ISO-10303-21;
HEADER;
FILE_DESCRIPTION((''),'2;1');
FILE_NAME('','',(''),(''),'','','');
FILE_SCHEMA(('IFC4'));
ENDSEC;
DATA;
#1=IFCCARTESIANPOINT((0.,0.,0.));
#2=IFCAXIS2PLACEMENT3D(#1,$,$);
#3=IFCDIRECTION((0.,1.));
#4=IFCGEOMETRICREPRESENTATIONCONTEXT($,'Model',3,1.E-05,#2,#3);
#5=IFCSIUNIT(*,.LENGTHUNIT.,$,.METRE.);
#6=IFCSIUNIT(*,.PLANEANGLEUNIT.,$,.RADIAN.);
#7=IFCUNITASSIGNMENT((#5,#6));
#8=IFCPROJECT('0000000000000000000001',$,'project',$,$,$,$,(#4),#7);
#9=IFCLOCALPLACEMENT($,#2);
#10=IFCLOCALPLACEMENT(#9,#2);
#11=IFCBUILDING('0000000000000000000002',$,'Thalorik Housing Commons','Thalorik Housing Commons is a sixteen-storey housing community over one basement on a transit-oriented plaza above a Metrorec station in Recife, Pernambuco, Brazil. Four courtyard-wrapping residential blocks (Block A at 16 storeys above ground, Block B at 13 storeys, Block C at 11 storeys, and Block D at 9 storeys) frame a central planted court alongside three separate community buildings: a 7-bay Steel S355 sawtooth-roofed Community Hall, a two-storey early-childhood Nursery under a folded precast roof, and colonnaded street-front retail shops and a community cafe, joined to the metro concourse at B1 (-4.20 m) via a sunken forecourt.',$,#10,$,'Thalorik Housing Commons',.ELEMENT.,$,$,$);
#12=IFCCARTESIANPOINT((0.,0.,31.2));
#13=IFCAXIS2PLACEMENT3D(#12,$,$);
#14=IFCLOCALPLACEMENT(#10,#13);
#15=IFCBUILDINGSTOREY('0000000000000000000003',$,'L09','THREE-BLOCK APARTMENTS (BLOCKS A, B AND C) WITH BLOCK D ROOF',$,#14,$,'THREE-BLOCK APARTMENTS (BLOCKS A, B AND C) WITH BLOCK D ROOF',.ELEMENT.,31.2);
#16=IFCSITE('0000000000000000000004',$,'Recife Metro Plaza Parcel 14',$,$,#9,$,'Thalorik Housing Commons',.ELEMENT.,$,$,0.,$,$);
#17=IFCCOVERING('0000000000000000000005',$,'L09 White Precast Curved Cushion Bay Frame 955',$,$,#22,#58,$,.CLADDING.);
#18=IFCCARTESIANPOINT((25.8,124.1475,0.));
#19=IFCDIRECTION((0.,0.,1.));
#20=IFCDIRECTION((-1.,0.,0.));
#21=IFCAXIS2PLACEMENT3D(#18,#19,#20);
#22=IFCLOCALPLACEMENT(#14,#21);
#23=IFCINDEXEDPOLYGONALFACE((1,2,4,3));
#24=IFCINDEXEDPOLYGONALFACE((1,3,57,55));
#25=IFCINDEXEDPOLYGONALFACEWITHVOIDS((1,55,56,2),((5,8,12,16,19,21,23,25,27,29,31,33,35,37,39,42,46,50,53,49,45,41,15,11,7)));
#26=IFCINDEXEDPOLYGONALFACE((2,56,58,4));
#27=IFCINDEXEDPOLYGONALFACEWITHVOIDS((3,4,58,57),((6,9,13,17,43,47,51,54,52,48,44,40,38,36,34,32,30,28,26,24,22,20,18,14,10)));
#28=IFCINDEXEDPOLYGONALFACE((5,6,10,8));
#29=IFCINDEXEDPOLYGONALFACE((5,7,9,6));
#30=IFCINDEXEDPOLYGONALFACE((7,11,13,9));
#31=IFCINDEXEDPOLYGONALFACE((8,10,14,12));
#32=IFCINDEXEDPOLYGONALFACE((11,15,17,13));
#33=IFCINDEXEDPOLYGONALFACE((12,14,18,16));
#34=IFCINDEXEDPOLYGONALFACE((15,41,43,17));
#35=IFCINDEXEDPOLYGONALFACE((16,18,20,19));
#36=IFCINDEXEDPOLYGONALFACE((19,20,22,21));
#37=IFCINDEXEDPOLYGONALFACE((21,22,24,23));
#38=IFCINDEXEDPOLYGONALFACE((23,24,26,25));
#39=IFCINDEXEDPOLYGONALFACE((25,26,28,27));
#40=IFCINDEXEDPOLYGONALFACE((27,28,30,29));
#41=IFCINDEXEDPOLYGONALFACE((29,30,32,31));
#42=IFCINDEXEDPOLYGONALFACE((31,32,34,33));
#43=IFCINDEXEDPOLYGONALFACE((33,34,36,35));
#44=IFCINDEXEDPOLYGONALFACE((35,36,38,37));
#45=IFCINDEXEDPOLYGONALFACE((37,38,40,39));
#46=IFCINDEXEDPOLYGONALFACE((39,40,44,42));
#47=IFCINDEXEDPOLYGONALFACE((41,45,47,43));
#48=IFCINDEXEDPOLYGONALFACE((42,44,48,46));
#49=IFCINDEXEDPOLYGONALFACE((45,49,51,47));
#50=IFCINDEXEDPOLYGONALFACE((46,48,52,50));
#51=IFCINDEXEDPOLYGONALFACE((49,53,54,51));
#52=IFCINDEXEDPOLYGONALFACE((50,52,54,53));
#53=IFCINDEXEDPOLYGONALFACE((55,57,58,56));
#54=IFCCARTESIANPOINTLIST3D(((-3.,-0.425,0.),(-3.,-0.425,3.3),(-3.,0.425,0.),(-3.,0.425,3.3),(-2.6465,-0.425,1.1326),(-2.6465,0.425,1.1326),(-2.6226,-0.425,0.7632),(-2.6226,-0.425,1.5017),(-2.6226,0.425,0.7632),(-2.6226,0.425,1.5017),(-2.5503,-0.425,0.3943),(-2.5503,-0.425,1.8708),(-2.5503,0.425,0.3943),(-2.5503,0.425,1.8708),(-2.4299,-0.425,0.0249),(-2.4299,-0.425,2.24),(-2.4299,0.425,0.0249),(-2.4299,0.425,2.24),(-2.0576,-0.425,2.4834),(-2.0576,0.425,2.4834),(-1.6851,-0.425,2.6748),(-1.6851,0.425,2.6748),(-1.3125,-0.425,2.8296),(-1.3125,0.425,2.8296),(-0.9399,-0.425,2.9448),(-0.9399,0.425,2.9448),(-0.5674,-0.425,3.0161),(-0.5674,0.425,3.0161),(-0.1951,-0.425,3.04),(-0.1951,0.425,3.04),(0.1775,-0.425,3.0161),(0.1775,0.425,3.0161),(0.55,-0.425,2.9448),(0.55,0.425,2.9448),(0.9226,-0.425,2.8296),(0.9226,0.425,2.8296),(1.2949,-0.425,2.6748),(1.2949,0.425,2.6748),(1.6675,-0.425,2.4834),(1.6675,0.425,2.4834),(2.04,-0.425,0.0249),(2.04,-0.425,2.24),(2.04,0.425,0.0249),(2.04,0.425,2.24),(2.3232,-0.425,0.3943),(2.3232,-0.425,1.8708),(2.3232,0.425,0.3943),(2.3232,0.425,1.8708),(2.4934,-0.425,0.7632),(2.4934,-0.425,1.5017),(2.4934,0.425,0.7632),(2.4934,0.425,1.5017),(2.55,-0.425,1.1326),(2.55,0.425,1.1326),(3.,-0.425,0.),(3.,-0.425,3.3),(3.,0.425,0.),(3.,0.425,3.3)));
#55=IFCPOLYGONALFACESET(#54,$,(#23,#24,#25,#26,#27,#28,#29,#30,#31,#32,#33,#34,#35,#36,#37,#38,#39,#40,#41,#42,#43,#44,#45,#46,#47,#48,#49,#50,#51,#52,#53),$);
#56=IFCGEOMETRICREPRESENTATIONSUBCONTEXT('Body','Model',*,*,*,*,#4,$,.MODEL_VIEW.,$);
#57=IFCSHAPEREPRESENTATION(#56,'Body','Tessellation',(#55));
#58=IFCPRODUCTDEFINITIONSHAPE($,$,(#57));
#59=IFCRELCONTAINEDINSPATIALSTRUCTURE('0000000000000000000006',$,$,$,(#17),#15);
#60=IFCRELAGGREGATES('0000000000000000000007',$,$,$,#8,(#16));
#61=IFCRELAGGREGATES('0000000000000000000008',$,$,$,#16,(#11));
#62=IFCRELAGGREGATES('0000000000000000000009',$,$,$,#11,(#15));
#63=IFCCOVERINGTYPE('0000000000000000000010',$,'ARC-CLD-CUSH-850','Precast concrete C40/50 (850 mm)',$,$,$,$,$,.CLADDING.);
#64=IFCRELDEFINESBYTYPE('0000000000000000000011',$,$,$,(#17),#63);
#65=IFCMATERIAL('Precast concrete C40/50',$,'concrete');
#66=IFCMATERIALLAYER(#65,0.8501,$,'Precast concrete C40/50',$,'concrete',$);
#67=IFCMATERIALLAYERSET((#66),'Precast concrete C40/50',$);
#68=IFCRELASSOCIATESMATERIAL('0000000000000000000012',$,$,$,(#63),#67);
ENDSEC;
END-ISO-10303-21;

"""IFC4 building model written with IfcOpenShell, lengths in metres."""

from ifc_helpers import new_model, si_unit, direction, frame, origin, place, context, subcontext, project, spatial, polyline, outline, extrude, material, layer, layer_set, type_object, element, save


model = new_model("IFC4")

# Units and contexts
model_context = context("Model", 3, precision=1e-05, world=origin(), true_north=direction((0.0, 1.0)))
body_context = subcontext(model_context, "Body", "Model", "MODEL_VIEW")
ifc_project = project(units=[si_unit("LENGTHUNIT", "METRE"), si_unit("PLANEANGLEUNIT", "RADIAN")], contexts=[model_context])

# Site, building, storey
site_placement = place(None, origin())
site = spatial("IfcSite", under=ifc_project, at=site_placement, Name="Recife Metro Plaza Parcel 14", LongName="Thalorik Housing Commons", CompositionType="ELEMENT", RefElevation=0.0)
building_placement = place(site_placement, origin())
building = spatial("IfcBuilding", under=site, at=building_placement, Name="Thalorik Housing Commons", Description="Thalorik Housing Commons is a sixteen-storey housing community over one basement on a transit-oriented plaza above a Metrorec station in Recife, Pernambuco, Brazil. Four courtyard-wrapping residential blocks (Block A at 16 storeys above ground, Block B at 13 storeys, Block C at 11 storeys, and Block D at 9 storeys) frame a central planted court alongside three separate community buildings: a 7-bay Steel S355 sawtooth-roofed Community Hall, a two-storey early-childhood Nursery under a folded precast roof, and colonnaded street-front retail shops and a community cafe, joined to the metro concourse at B1 (-4.20 m) via a sunken forecourt.", LongName="Thalorik Housing Commons", CompositionType="ELEMENT")
storey_placement = place(building_placement, frame((0.0, 0.0, 31.2)))
storey = spatial("IfcBuildingStorey", under=building, at=storey_placement, Name="L09", Description="THREE-BLOCK APARTMENTS (BLOCKS A, B AND C) WITH BLOCK D ROOF", LongName="THREE-BLOCK APARTMENTS (BLOCKS A, B AND C) WITH BLOCK D ROOF", CompositionType="ELEMENT", Elevation=31.2)

# Shared definitions
ifc_material_1 = material(Name="Precast concrete C40/50", Category="concrete")

# Covering
ifc_layer_1 = layer(ifc_material_1, 0.8501, Name="Precast concrete C40/50", Category="concrete")
ifc_layer_set_1 = layer_set([ifc_layer_1], Name="Precast concrete C40/50")
covering_type_1 = type_object("IfcCoveringType", Name="ARC-CLD-CUSH-850", Description="Precast concrete C40/50 (850 mm)", PredefinedType="CLADDING", material=ifc_layer_set_1)
covering_1_placement = place(storey_placement, frame((25.8, 124.1475, 0.0), z_axis=(0.0, 0.0, 1.0), x_axis=(-1.0, 0.0, 0.0)))
element("IfcCovering", 1, at=covering_1_placement, inside=storey, type_object=covering_type_1, Name="L09 White Precast Curved Cushion Bay Frame 955", PredefinedType="CLADDING", context=body_context, shape_type="SweptSolid", body=[
    extrude(outline(polyline([(-3.0, 0.0), (3.0, 0.0), (3.0, 3.3), (-3.0, 3.3), (-3.0, 0.0)]), holes=[polyline([(2.04, 0.0249), (2.3232, 0.3943), (2.4934, 0.7632), (2.55, 1.1326), (2.4934, 1.5017), (2.3232, 1.8708), (2.04, 2.24), (1.6675, 2.4834), (1.2949, 2.6748), (0.9226, 2.8296), (0.55, 2.9448), (0.1775, 3.0161), (-0.1951, 3.04), (-0.5674, 3.0161), (-0.9399, 2.9448), (-1.3125, 2.8296), (-1.6851, 2.6748), (-2.0576, 2.4834), (-2.4299, 2.24), (-2.5503, 1.8708), (-2.6226, 1.5017), (-2.6465, 1.1326), (-2.6226, 0.7632), (-2.5503, 0.3943), (-2.4299, 0.0249), (2.04, 0.0249)])]), frame((0.0, 0.425, 0.0), z_axis=(0.0, -1.0, 0.0), x_axis=(1.0, 0.0, 0.0)), (0.0, 0.0, 1.0), 0.8501),
])

save(model, "model.ifc")
